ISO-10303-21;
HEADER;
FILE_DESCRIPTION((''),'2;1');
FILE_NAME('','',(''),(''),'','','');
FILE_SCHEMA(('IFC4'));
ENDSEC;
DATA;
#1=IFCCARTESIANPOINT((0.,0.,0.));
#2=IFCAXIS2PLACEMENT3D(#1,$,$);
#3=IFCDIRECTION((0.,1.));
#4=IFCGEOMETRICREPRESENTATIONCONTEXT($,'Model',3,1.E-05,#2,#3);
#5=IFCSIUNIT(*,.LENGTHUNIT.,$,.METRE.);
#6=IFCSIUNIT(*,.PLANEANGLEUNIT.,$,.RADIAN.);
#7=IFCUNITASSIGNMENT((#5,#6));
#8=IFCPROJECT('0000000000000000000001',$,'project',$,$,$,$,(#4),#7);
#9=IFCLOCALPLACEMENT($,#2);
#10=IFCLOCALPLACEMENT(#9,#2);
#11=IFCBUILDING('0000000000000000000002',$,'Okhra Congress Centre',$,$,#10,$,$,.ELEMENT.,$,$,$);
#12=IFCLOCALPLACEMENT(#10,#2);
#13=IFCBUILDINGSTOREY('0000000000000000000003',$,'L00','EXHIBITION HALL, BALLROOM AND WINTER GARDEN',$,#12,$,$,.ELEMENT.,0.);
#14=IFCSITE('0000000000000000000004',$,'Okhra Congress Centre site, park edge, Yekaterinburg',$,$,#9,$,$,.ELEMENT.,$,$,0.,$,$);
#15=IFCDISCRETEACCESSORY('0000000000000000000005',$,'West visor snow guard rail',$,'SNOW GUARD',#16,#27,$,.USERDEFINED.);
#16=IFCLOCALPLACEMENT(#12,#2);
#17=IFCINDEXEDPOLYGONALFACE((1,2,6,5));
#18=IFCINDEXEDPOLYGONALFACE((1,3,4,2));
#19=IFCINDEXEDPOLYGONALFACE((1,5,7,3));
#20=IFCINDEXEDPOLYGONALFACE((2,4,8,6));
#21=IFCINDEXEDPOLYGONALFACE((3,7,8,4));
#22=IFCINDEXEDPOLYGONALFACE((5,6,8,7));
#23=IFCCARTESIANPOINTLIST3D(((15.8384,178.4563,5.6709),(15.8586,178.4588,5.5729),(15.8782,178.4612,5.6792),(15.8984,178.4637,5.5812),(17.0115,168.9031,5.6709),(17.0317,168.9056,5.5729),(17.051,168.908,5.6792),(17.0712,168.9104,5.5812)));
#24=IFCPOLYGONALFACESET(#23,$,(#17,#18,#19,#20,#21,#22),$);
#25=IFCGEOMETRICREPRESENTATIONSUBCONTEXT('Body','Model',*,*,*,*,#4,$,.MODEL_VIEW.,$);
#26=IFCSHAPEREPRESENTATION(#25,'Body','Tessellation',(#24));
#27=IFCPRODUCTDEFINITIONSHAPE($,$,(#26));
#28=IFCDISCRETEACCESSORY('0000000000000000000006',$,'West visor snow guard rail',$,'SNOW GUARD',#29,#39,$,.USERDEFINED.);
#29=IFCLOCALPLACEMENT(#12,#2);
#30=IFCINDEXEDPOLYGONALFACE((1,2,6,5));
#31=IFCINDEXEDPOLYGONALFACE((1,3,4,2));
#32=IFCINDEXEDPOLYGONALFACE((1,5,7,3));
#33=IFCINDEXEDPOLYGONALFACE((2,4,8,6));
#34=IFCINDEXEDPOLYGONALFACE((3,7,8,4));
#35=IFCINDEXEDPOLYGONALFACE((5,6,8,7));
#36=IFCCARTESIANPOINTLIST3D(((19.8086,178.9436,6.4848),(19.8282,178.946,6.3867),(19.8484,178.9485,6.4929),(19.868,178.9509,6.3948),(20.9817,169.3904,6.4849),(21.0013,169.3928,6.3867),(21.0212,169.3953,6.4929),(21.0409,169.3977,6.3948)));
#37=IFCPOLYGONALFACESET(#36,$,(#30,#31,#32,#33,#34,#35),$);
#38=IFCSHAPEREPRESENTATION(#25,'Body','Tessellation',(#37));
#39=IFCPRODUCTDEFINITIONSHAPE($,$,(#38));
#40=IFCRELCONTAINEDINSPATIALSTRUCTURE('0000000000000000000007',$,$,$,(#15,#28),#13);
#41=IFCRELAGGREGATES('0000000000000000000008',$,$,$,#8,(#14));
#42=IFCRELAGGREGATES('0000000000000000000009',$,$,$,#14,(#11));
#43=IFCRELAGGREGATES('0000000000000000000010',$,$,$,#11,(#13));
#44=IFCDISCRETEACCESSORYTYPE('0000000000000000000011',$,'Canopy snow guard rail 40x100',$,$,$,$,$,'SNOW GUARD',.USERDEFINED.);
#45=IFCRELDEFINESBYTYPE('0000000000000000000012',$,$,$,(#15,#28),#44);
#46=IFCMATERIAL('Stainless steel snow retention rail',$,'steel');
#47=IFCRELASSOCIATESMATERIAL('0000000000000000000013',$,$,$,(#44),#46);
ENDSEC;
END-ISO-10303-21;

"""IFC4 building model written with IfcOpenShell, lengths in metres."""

from ifc_helpers import new_model, si_unit, direction, frame, origin, place, context, subcontext, project, spatial, polyline, outline, extrude, material, type_object, element, save


model = new_model("IFC4")

# Units and contexts
model_context = context("Model", 3, precision=1e-05, world=origin(), true_north=direction((0.0, 1.0)))
body_context = subcontext(model_context, "Body", "Model", "MODEL_VIEW")
ifc_project = project(units=[si_unit("LENGTHUNIT", "METRE"), si_unit("PLANEANGLEUNIT", "RADIAN")], contexts=[model_context])

# Site, building, storey
site_placement = place(None, origin())
site = spatial("IfcSite", under=ifc_project, at=site_placement, Name="Okhra Congress Centre site, park edge, Yekaterinburg", CompositionType="ELEMENT", RefElevation=0.0)
building_placement = place(site_placement, origin())
building = spatial("IfcBuilding", under=site, at=building_placement, Name="Okhra Congress Centre", CompositionType="ELEMENT")
storey_placement = place(building_placement, origin())
storey = spatial("IfcBuildingStorey", under=building, at=storey_placement, Name="L00", Description="EXHIBITION HALL, BALLROOM AND WINTER GARDEN", CompositionType="ELEMENT", Elevation=0.0)

# Discrete accessories
ifc_material_1 = material(Name="Stainless steel snow retention rail", Category="steel")
discrete_accessory_type_1 = type_object("IfcDiscreteAccessoryType", Name="Canopy snow guard rail 40x100", ElementType="SNOW GUARD", PredefinedType="USERDEFINED", material=ifc_material_1)
discrete_accessory_1_placement = place(storey_placement, frame((17.0115, 168.9031, 5.6709), z_axis=(-0.20181, -0.024779, 0.979111), x_axis=(-0.12188, 0.992545, -0.000003)))
element("IfcDiscreteAccessory", 1, at=discrete_accessory_1_placement, inside=storey, type_object=discrete_accessory_type_1, Name="West visor snow guard rail", ObjectType="SNOW GUARD", PredefinedType="USERDEFINED", context=body_context, shape_type="SweptSolid", body=[
    extrude(outline(polyline([(0.0, 0.0), (9.625, 0.0), (9.625, -0.0409), (0.0, -0.0407), (0.0, 0.0)])), origin(), (0.0, 0.0, -1.0), 0.1001),
])
discrete_accessory_2_placement = place(storey_placement, frame((20.9817, 169.3904, 6.4849), z_axis=(-0.19611, -0.024079, 0.980286), x_axis=(-0.12188, 0.992545, -0.000002)))
element("IfcDiscreteAccessory", 2, at=discrete_accessory_2_placement, inside=storey, type_object=discrete_accessory_type_1, Name="West visor snow guard rail", ObjectType="SNOW GUARD", PredefinedType="USERDEFINED", context=body_context, shape_type="SweptSolid", body=[
    extrude(outline(polyline([(0.0, 0.0), (9.625, 0.0), (9.625, -0.0409), (0.0, -0.0407), (0.0, 0.0)])), origin(), (0.0, 0.0, -1.0), 0.1001),
])

save(model, "model.ifc")
